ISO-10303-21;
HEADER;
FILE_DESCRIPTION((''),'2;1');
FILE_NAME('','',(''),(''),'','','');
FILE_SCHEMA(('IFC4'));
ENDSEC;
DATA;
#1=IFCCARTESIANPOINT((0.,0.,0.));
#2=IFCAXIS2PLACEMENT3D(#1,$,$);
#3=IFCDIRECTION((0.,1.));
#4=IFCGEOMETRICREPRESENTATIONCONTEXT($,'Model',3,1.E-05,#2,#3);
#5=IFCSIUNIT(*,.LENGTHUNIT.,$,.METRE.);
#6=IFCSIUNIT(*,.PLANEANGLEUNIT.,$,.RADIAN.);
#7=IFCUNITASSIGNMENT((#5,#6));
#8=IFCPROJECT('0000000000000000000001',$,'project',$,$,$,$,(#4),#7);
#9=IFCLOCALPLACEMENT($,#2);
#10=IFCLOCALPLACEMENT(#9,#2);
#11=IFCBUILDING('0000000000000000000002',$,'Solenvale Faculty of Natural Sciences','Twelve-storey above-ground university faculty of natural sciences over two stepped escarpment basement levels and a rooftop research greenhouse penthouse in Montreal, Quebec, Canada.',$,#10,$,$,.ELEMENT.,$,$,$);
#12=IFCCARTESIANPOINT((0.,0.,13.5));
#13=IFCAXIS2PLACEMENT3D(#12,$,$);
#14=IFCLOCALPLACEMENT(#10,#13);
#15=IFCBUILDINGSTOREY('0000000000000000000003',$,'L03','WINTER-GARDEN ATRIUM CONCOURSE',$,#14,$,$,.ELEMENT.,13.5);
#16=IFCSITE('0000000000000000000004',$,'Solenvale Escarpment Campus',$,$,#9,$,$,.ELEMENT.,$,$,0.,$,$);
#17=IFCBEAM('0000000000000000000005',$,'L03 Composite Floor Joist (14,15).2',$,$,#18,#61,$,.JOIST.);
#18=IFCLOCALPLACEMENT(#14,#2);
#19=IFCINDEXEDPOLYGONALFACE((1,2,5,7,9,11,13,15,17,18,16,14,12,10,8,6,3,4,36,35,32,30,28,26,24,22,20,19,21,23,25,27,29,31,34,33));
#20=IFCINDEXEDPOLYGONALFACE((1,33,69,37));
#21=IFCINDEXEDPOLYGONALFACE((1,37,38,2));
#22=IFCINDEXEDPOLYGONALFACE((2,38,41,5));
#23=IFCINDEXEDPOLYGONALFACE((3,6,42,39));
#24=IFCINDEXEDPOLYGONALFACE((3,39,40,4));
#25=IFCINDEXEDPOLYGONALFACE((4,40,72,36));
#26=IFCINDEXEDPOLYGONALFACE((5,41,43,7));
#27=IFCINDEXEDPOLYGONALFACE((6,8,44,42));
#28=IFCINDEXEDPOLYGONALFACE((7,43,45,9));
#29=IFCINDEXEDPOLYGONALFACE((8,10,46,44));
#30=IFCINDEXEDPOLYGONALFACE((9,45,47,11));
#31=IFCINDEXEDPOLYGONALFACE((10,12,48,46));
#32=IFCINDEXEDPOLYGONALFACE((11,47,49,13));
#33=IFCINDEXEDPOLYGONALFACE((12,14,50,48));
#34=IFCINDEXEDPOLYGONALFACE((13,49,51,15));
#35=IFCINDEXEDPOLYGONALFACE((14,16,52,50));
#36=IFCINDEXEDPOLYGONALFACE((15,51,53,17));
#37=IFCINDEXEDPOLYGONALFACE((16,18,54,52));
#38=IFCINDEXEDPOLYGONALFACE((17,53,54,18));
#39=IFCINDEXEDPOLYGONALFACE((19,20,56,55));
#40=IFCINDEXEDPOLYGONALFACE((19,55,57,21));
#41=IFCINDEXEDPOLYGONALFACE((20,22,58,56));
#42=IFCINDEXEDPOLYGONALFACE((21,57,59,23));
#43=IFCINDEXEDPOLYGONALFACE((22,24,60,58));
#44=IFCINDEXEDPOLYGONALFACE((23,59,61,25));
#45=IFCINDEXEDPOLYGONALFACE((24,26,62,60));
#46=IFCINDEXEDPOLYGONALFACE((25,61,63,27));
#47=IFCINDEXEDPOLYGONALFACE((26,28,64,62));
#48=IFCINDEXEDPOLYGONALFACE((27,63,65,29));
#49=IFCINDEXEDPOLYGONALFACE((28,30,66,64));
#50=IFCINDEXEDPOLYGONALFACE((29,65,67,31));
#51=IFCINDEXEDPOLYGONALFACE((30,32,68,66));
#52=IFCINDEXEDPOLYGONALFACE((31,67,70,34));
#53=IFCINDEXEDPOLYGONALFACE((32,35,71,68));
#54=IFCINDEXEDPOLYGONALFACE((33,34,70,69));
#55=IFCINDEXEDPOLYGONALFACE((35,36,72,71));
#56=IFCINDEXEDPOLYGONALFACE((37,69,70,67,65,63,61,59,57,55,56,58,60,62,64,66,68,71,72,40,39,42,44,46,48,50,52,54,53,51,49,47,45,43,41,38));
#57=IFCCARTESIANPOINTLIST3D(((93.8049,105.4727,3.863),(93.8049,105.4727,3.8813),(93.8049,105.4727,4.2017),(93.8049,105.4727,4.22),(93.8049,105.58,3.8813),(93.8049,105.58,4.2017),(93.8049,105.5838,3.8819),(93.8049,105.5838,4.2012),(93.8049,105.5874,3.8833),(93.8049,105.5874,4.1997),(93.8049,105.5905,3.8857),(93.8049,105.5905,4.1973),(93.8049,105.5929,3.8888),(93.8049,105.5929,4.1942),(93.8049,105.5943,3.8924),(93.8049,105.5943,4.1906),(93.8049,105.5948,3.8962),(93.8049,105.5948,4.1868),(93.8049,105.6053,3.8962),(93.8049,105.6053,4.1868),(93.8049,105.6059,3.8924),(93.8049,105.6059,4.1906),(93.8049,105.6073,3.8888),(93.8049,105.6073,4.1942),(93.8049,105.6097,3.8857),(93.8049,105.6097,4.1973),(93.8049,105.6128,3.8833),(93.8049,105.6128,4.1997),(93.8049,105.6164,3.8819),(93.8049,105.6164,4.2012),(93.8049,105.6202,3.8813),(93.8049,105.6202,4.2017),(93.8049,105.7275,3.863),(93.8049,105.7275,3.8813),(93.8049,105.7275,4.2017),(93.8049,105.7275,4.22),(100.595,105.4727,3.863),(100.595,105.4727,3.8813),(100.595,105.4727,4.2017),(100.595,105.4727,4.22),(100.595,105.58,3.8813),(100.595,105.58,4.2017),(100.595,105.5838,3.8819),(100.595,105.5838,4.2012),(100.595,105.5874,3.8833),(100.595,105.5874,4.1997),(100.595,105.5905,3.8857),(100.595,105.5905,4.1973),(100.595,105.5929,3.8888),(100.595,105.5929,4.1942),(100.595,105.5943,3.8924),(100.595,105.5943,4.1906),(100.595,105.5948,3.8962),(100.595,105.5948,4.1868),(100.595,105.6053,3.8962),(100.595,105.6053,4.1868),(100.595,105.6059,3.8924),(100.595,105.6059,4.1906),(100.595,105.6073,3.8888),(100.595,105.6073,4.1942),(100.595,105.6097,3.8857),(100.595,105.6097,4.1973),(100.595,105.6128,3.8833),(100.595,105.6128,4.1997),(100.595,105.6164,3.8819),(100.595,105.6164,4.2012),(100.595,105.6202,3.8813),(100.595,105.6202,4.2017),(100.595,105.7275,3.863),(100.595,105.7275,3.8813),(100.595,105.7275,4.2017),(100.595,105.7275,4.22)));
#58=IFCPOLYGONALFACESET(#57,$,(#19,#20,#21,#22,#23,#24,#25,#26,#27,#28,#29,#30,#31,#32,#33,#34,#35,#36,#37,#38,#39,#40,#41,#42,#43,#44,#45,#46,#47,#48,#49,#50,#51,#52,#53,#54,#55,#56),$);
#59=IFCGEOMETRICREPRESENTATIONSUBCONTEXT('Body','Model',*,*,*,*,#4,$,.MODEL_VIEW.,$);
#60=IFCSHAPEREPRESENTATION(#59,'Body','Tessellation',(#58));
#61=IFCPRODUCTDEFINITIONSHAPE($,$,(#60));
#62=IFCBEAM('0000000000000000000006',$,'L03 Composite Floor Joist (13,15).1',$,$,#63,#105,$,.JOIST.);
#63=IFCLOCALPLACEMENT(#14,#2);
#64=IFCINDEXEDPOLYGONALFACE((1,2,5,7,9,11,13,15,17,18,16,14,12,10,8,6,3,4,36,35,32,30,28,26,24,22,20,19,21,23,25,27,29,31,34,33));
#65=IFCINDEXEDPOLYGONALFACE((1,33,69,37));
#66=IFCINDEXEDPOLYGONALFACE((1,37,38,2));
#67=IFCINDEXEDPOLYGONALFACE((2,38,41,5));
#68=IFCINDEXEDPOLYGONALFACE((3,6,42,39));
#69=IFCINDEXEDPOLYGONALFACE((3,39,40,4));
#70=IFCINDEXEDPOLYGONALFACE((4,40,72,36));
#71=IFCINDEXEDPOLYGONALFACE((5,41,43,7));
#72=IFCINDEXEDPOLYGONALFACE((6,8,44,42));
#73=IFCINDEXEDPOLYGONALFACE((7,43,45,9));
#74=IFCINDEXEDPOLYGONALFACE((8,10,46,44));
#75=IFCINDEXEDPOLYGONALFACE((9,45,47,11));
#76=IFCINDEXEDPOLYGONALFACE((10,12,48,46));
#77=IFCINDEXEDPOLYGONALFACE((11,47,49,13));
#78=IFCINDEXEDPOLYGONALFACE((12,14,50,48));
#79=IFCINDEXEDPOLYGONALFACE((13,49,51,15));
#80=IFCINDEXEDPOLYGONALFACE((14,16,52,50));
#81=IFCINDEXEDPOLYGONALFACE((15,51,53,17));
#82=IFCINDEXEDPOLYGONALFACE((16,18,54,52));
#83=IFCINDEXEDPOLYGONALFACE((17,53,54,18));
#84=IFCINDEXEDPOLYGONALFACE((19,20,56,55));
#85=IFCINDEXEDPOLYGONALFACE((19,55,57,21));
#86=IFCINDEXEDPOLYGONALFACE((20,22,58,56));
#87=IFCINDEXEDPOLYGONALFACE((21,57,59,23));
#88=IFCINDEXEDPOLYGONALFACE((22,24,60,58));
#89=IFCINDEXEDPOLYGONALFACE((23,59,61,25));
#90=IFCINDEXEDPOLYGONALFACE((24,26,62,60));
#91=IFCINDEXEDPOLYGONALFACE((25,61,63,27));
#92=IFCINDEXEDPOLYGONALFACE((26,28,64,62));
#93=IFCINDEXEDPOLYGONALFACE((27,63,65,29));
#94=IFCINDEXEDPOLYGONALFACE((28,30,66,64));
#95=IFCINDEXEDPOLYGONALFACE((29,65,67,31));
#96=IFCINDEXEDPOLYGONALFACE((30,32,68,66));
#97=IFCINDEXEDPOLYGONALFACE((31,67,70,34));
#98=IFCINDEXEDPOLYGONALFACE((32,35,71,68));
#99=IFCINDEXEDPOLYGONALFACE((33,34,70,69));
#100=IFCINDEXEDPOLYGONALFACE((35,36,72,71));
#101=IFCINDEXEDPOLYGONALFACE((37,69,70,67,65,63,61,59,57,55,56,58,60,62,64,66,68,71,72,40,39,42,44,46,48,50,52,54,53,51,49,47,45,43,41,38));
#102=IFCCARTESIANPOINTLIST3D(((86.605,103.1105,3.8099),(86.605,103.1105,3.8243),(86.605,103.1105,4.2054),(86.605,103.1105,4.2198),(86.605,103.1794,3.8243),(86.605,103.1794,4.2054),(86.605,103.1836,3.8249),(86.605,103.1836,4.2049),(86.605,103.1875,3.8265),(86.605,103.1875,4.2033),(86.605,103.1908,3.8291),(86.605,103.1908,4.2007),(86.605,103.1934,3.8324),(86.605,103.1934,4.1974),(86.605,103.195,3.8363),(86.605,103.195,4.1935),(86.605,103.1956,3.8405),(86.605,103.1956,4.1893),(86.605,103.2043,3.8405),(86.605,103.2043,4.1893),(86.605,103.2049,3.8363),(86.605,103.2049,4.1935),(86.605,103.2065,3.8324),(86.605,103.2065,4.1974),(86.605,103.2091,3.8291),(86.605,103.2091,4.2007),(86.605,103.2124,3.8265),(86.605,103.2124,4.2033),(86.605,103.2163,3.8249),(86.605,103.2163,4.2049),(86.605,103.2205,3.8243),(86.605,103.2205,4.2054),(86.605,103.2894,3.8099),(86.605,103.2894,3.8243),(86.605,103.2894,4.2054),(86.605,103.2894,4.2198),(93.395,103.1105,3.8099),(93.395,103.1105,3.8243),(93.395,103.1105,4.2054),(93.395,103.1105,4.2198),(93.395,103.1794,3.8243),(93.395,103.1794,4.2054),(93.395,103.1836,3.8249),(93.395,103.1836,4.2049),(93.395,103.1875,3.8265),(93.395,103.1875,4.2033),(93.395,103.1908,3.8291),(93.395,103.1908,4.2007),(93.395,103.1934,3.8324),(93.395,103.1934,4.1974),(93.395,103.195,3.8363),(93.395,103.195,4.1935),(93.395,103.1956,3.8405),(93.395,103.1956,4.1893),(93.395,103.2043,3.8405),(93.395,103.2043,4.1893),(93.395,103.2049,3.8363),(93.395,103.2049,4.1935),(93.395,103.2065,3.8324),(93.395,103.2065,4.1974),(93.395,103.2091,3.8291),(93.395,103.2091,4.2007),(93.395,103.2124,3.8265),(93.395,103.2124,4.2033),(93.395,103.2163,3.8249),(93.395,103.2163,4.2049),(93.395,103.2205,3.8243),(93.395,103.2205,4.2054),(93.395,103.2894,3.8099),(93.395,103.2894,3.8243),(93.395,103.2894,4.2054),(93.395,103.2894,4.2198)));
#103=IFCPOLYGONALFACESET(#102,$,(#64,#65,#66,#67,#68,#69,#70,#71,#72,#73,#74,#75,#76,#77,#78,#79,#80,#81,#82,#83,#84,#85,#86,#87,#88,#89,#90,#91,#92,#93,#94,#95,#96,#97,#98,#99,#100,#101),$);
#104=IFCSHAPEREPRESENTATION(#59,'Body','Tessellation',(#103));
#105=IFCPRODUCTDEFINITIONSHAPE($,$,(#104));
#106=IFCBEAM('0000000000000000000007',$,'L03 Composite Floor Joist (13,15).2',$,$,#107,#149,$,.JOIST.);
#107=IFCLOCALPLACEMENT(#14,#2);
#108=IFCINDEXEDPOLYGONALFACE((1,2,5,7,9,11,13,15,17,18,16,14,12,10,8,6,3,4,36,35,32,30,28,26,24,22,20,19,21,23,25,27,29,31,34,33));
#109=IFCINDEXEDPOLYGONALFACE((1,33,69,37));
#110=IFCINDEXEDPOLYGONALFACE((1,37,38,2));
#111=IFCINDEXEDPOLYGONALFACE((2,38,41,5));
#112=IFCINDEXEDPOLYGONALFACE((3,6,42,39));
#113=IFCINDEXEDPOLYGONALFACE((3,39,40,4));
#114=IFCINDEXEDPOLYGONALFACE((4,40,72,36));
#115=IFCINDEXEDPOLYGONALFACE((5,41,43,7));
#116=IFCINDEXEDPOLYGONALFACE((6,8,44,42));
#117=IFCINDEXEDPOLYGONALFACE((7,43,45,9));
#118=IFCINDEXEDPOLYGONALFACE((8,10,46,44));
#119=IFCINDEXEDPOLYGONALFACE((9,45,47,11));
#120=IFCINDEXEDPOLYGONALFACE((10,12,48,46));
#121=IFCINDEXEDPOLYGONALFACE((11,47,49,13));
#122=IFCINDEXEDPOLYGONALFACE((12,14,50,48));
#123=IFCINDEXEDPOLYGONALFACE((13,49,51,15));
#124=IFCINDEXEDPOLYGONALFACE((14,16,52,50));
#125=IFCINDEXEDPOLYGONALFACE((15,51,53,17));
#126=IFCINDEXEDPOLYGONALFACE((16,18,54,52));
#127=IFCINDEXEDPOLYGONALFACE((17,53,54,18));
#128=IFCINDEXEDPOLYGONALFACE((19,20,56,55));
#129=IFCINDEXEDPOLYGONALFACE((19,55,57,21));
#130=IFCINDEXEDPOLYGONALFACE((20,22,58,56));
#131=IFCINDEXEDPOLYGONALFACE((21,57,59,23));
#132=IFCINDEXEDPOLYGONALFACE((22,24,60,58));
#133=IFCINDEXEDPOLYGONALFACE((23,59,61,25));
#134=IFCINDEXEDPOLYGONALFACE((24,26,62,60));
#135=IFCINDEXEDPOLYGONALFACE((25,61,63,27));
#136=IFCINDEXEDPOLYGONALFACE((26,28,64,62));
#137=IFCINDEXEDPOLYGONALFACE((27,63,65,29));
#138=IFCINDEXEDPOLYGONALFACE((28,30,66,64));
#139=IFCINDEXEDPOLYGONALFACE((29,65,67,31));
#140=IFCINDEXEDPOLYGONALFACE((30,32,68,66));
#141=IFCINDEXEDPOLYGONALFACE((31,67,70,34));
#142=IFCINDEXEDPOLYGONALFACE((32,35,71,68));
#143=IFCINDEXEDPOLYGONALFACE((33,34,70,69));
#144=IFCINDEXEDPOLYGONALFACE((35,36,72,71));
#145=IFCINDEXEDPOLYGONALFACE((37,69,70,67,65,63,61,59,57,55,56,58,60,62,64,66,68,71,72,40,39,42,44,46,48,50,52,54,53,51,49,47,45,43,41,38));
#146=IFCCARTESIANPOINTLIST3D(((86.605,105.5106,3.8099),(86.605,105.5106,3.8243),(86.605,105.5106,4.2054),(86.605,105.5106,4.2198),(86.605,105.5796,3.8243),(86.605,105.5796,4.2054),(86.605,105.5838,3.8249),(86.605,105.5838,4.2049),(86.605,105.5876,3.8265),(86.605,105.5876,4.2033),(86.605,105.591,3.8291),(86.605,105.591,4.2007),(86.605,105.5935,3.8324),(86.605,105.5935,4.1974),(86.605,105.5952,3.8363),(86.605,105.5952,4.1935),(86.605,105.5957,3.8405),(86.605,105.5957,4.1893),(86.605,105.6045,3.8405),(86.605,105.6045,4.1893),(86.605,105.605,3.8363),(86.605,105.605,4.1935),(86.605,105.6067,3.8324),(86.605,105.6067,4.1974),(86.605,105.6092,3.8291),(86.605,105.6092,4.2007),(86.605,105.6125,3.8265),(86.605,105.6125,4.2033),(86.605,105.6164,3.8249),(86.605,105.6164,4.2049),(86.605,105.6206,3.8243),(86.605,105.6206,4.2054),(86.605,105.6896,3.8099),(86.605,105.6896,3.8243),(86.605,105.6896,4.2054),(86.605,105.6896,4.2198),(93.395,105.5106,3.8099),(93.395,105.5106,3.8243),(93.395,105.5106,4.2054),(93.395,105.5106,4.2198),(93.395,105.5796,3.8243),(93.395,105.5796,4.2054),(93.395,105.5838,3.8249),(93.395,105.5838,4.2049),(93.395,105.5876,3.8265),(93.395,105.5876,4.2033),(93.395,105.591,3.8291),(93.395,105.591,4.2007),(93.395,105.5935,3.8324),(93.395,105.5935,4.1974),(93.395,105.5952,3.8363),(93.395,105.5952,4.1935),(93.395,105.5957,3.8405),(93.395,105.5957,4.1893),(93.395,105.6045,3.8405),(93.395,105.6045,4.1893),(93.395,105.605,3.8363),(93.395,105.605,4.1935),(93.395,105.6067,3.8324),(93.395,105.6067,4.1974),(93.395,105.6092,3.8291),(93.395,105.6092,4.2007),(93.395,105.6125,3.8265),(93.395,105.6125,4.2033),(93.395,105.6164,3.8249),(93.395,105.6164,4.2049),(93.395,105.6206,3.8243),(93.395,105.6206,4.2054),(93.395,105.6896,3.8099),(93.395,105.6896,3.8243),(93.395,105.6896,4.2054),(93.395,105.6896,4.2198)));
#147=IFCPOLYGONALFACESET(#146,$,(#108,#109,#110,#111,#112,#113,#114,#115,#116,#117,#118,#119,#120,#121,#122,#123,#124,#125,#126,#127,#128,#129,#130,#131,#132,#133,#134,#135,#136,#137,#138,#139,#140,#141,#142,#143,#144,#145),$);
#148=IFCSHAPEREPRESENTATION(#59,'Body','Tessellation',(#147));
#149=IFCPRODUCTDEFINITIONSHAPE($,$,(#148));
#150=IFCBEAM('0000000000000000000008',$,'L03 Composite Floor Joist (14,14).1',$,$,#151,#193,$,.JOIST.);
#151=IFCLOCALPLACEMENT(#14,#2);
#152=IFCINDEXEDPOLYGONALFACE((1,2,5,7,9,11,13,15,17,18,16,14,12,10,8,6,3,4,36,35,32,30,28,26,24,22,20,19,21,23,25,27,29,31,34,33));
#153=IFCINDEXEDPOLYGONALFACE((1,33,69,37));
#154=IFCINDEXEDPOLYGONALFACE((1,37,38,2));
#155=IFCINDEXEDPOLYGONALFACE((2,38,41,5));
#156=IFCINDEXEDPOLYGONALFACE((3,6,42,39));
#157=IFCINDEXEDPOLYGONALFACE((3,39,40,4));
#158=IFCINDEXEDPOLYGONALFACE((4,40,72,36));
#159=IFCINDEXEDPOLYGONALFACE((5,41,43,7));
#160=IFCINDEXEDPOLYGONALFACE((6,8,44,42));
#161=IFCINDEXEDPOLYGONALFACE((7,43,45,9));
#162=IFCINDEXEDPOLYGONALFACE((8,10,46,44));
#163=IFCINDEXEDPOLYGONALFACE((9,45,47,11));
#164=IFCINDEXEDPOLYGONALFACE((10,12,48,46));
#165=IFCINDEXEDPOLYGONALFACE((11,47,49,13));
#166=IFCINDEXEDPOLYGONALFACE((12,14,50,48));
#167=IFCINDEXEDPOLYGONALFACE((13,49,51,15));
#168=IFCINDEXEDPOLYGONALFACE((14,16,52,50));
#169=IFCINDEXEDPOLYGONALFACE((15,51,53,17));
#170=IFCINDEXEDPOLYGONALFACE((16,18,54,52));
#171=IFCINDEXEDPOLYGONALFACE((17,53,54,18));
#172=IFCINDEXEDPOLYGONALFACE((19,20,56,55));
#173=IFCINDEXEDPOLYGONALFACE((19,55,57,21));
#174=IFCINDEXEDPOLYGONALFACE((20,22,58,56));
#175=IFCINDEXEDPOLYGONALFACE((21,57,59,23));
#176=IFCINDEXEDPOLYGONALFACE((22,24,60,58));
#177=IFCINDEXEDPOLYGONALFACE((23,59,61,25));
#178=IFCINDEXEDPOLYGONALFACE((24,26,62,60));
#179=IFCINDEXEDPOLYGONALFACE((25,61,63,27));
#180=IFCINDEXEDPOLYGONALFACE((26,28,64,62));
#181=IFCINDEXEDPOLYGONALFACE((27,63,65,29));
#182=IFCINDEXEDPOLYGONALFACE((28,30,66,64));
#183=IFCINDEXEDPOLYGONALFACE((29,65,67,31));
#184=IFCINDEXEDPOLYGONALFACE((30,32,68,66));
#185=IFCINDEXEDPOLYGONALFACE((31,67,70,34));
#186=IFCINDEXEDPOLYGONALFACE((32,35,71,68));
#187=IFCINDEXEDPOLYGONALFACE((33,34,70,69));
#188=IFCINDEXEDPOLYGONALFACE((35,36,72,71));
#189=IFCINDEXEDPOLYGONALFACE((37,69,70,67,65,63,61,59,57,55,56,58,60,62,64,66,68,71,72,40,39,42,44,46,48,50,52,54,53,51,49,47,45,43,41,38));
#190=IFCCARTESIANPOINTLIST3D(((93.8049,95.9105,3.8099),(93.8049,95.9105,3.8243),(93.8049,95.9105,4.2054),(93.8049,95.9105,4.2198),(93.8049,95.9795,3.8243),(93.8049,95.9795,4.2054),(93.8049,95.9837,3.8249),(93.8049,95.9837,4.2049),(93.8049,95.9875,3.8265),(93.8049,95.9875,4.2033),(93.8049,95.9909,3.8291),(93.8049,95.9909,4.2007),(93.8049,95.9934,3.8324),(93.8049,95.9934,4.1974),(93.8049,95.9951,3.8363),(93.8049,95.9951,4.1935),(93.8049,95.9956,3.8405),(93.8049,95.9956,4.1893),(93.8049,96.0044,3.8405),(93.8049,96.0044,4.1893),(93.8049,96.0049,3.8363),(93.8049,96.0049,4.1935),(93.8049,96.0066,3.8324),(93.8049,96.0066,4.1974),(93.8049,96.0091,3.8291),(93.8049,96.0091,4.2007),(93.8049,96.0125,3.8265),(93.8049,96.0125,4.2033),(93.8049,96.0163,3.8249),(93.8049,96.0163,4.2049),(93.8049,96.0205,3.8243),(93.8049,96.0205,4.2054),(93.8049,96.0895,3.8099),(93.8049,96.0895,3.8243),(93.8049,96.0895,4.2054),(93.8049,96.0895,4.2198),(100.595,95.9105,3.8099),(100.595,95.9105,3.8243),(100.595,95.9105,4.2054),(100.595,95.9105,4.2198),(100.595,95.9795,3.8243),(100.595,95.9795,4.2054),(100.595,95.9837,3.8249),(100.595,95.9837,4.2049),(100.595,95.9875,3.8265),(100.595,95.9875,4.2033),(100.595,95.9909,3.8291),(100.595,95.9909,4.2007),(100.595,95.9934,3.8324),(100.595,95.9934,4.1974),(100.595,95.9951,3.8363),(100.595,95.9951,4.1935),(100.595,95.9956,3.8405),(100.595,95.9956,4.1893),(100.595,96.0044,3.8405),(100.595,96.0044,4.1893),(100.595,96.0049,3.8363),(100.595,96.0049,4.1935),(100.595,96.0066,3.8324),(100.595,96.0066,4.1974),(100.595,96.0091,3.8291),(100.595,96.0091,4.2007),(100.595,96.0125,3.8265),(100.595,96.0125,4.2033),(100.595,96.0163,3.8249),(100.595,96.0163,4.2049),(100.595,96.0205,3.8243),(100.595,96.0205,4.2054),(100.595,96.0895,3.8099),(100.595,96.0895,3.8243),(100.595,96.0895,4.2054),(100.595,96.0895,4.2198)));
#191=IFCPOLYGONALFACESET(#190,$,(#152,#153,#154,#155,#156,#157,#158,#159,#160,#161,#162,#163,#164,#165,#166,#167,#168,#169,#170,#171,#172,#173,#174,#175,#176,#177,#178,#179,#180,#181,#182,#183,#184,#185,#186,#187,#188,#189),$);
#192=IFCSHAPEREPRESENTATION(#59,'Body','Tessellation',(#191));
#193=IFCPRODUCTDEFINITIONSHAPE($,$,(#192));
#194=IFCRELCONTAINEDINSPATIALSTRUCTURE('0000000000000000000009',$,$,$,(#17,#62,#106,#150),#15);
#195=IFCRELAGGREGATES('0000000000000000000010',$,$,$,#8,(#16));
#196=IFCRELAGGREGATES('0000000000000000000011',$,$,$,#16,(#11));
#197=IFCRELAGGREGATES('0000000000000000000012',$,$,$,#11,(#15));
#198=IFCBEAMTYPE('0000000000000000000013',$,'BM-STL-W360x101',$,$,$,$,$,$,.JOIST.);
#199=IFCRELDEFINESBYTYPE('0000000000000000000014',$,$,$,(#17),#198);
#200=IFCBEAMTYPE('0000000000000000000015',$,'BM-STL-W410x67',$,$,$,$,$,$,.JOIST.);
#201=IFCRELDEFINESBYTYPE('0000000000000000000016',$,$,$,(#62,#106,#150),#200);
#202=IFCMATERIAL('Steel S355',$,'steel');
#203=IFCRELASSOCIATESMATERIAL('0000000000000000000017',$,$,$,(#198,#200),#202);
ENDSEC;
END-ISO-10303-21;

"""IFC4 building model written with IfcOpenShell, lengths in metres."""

from ifc_helpers import new_model, si_unit, direction, frame, origin, origin_2d, place, context, subcontext, project, spatial, i_section, extrude, material, material_profile, profile_set, type_object, element, save


model = new_model("IFC4")

# Units and contexts
model_context = context("Model", 3, precision=1e-05, world=origin(), true_north=direction((0.0, 1.0)))
body_context = subcontext(model_context, "Body", "Model", "MODEL_VIEW")
ifc_project = project(units=[si_unit("LENGTHUNIT", "METRE"), si_unit("PLANEANGLEUNIT", "RADIAN")], contexts=[model_context])

# Site, building, storey
site_placement = place(None, origin())
site = spatial("IfcSite", under=ifc_project, at=site_placement, Name="Solenvale Escarpment Campus", CompositionType="ELEMENT", RefElevation=0.0)
building_placement = place(site_placement, origin())
building = spatial("IfcBuilding", under=site, at=building_placement, Name="Solenvale Faculty of Natural Sciences", Description="Twelve-storey above-ground university faculty of natural sciences over two stepped escarpment basement levels and a rooftop research greenhouse penthouse in Montreal, Quebec, Canada.", CompositionType="ELEMENT")
storey_placement = place(building_placement, frame((0.0, 0.0, 13.5)))
storey = spatial("IfcBuildingStorey", under=building, at=storey_placement, Name="L03", Description="WINTER-GARDEN ATRIUM CONCOURSE", CompositionType="ELEMENT", Elevation=13.5)

# Beams
ifc_material_1 = material(Name="Steel S355", Category="steel")
ifc_material_profile_1 = material_profile(ifc_material_1, i_section(OverallWidth=0.2549, OverallDepth=0.3569, WebThickness=0.0105, FlangeThickness=0.0183, FilletRadius=0.0149, at=origin_2d()), Name="W360x101")
ifc_profile_set_1 = profile_set([ifc_material_profile_1], Name="Steel S355")
beam_type_1 = type_object("IfcBeamType", Name="BM-STL-W360x101", PredefinedType="JOIST", material=ifc_profile_set_1)
for number, where, z_axis, x_axis, name in (
    (1, (93.8049, 105.6001, 4.0415), (1.0, 0.0, 0.0), (0.0, 1.0, 0.0), "L03 Composite Floor Joist (14,15).2"),
):
    element("IfcBeam", number, at=place(storey_placement, frame(where, z_axis=z_axis, x_axis=x_axis)), inside=storey, type_object=beam_type_1, Name=name, PredefinedType="JOIST", context=body_context, shape_type="SweptSolid", body=[
        extrude(i_section(OverallWidth=0.2549, OverallDepth=0.3569, WebThickness=0.0105, FlangeThickness=0.0183, FilletRadius=0.0149, at=origin_2d()), origin(), (0.0, 0.0, 1.0), 6.79),
    ])
ifc_material_profile_2 = material_profile(ifc_material_1, i_section(OverallWidth=0.179, OverallDepth=0.4099, WebThickness=0.0088, FlangeThickness=0.0144, FilletRadius=0.0161, at=origin_2d()), Name="W410x67")
ifc_profile_set_2 = profile_set([ifc_material_profile_2], Name="Steel S355")
beam_type_2 = type_object("IfcBeamType", Name="BM-STL-W410x67", PredefinedType="JOIST", material=ifc_profile_set_2)
for number, where, z_axis, x_axis, name in (
    (2, (86.605, 103.2, 4.0149), (1.0, 0.0, 0.0), (0.0, 1.0, 0.0), "L03 Composite Floor Joist (13,15).1"),
    (3, (86.605, 105.6001, 4.0149), (1.0, 0.0, 0.0), (0.0, 1.0, 0.0), "L03 Composite Floor Joist (13,15).2"),
    (4, (93.8049, 96.0, 4.0149), (1.0, 0.0, 0.0), (0.0, 1.0, 0.0), "L03 Composite Floor Joist (14,14).1"),
):
    element("IfcBeam", number, at=place(storey_placement, frame(where, z_axis=z_axis, x_axis=x_axis)), inside=storey, type_object=beam_type_2, Name=name, PredefinedType="JOIST", context=body_context, shape_type="SweptSolid", body=[
        extrude(i_section(OverallWidth=0.179, OverallDepth=0.4099, WebThickness=0.0088, FlangeThickness=0.0144, FilletRadius=0.0161, at=origin_2d()), origin(), (0.0, 0.0, 1.0), 6.79),
    ])

save(model, "model.ifc")
